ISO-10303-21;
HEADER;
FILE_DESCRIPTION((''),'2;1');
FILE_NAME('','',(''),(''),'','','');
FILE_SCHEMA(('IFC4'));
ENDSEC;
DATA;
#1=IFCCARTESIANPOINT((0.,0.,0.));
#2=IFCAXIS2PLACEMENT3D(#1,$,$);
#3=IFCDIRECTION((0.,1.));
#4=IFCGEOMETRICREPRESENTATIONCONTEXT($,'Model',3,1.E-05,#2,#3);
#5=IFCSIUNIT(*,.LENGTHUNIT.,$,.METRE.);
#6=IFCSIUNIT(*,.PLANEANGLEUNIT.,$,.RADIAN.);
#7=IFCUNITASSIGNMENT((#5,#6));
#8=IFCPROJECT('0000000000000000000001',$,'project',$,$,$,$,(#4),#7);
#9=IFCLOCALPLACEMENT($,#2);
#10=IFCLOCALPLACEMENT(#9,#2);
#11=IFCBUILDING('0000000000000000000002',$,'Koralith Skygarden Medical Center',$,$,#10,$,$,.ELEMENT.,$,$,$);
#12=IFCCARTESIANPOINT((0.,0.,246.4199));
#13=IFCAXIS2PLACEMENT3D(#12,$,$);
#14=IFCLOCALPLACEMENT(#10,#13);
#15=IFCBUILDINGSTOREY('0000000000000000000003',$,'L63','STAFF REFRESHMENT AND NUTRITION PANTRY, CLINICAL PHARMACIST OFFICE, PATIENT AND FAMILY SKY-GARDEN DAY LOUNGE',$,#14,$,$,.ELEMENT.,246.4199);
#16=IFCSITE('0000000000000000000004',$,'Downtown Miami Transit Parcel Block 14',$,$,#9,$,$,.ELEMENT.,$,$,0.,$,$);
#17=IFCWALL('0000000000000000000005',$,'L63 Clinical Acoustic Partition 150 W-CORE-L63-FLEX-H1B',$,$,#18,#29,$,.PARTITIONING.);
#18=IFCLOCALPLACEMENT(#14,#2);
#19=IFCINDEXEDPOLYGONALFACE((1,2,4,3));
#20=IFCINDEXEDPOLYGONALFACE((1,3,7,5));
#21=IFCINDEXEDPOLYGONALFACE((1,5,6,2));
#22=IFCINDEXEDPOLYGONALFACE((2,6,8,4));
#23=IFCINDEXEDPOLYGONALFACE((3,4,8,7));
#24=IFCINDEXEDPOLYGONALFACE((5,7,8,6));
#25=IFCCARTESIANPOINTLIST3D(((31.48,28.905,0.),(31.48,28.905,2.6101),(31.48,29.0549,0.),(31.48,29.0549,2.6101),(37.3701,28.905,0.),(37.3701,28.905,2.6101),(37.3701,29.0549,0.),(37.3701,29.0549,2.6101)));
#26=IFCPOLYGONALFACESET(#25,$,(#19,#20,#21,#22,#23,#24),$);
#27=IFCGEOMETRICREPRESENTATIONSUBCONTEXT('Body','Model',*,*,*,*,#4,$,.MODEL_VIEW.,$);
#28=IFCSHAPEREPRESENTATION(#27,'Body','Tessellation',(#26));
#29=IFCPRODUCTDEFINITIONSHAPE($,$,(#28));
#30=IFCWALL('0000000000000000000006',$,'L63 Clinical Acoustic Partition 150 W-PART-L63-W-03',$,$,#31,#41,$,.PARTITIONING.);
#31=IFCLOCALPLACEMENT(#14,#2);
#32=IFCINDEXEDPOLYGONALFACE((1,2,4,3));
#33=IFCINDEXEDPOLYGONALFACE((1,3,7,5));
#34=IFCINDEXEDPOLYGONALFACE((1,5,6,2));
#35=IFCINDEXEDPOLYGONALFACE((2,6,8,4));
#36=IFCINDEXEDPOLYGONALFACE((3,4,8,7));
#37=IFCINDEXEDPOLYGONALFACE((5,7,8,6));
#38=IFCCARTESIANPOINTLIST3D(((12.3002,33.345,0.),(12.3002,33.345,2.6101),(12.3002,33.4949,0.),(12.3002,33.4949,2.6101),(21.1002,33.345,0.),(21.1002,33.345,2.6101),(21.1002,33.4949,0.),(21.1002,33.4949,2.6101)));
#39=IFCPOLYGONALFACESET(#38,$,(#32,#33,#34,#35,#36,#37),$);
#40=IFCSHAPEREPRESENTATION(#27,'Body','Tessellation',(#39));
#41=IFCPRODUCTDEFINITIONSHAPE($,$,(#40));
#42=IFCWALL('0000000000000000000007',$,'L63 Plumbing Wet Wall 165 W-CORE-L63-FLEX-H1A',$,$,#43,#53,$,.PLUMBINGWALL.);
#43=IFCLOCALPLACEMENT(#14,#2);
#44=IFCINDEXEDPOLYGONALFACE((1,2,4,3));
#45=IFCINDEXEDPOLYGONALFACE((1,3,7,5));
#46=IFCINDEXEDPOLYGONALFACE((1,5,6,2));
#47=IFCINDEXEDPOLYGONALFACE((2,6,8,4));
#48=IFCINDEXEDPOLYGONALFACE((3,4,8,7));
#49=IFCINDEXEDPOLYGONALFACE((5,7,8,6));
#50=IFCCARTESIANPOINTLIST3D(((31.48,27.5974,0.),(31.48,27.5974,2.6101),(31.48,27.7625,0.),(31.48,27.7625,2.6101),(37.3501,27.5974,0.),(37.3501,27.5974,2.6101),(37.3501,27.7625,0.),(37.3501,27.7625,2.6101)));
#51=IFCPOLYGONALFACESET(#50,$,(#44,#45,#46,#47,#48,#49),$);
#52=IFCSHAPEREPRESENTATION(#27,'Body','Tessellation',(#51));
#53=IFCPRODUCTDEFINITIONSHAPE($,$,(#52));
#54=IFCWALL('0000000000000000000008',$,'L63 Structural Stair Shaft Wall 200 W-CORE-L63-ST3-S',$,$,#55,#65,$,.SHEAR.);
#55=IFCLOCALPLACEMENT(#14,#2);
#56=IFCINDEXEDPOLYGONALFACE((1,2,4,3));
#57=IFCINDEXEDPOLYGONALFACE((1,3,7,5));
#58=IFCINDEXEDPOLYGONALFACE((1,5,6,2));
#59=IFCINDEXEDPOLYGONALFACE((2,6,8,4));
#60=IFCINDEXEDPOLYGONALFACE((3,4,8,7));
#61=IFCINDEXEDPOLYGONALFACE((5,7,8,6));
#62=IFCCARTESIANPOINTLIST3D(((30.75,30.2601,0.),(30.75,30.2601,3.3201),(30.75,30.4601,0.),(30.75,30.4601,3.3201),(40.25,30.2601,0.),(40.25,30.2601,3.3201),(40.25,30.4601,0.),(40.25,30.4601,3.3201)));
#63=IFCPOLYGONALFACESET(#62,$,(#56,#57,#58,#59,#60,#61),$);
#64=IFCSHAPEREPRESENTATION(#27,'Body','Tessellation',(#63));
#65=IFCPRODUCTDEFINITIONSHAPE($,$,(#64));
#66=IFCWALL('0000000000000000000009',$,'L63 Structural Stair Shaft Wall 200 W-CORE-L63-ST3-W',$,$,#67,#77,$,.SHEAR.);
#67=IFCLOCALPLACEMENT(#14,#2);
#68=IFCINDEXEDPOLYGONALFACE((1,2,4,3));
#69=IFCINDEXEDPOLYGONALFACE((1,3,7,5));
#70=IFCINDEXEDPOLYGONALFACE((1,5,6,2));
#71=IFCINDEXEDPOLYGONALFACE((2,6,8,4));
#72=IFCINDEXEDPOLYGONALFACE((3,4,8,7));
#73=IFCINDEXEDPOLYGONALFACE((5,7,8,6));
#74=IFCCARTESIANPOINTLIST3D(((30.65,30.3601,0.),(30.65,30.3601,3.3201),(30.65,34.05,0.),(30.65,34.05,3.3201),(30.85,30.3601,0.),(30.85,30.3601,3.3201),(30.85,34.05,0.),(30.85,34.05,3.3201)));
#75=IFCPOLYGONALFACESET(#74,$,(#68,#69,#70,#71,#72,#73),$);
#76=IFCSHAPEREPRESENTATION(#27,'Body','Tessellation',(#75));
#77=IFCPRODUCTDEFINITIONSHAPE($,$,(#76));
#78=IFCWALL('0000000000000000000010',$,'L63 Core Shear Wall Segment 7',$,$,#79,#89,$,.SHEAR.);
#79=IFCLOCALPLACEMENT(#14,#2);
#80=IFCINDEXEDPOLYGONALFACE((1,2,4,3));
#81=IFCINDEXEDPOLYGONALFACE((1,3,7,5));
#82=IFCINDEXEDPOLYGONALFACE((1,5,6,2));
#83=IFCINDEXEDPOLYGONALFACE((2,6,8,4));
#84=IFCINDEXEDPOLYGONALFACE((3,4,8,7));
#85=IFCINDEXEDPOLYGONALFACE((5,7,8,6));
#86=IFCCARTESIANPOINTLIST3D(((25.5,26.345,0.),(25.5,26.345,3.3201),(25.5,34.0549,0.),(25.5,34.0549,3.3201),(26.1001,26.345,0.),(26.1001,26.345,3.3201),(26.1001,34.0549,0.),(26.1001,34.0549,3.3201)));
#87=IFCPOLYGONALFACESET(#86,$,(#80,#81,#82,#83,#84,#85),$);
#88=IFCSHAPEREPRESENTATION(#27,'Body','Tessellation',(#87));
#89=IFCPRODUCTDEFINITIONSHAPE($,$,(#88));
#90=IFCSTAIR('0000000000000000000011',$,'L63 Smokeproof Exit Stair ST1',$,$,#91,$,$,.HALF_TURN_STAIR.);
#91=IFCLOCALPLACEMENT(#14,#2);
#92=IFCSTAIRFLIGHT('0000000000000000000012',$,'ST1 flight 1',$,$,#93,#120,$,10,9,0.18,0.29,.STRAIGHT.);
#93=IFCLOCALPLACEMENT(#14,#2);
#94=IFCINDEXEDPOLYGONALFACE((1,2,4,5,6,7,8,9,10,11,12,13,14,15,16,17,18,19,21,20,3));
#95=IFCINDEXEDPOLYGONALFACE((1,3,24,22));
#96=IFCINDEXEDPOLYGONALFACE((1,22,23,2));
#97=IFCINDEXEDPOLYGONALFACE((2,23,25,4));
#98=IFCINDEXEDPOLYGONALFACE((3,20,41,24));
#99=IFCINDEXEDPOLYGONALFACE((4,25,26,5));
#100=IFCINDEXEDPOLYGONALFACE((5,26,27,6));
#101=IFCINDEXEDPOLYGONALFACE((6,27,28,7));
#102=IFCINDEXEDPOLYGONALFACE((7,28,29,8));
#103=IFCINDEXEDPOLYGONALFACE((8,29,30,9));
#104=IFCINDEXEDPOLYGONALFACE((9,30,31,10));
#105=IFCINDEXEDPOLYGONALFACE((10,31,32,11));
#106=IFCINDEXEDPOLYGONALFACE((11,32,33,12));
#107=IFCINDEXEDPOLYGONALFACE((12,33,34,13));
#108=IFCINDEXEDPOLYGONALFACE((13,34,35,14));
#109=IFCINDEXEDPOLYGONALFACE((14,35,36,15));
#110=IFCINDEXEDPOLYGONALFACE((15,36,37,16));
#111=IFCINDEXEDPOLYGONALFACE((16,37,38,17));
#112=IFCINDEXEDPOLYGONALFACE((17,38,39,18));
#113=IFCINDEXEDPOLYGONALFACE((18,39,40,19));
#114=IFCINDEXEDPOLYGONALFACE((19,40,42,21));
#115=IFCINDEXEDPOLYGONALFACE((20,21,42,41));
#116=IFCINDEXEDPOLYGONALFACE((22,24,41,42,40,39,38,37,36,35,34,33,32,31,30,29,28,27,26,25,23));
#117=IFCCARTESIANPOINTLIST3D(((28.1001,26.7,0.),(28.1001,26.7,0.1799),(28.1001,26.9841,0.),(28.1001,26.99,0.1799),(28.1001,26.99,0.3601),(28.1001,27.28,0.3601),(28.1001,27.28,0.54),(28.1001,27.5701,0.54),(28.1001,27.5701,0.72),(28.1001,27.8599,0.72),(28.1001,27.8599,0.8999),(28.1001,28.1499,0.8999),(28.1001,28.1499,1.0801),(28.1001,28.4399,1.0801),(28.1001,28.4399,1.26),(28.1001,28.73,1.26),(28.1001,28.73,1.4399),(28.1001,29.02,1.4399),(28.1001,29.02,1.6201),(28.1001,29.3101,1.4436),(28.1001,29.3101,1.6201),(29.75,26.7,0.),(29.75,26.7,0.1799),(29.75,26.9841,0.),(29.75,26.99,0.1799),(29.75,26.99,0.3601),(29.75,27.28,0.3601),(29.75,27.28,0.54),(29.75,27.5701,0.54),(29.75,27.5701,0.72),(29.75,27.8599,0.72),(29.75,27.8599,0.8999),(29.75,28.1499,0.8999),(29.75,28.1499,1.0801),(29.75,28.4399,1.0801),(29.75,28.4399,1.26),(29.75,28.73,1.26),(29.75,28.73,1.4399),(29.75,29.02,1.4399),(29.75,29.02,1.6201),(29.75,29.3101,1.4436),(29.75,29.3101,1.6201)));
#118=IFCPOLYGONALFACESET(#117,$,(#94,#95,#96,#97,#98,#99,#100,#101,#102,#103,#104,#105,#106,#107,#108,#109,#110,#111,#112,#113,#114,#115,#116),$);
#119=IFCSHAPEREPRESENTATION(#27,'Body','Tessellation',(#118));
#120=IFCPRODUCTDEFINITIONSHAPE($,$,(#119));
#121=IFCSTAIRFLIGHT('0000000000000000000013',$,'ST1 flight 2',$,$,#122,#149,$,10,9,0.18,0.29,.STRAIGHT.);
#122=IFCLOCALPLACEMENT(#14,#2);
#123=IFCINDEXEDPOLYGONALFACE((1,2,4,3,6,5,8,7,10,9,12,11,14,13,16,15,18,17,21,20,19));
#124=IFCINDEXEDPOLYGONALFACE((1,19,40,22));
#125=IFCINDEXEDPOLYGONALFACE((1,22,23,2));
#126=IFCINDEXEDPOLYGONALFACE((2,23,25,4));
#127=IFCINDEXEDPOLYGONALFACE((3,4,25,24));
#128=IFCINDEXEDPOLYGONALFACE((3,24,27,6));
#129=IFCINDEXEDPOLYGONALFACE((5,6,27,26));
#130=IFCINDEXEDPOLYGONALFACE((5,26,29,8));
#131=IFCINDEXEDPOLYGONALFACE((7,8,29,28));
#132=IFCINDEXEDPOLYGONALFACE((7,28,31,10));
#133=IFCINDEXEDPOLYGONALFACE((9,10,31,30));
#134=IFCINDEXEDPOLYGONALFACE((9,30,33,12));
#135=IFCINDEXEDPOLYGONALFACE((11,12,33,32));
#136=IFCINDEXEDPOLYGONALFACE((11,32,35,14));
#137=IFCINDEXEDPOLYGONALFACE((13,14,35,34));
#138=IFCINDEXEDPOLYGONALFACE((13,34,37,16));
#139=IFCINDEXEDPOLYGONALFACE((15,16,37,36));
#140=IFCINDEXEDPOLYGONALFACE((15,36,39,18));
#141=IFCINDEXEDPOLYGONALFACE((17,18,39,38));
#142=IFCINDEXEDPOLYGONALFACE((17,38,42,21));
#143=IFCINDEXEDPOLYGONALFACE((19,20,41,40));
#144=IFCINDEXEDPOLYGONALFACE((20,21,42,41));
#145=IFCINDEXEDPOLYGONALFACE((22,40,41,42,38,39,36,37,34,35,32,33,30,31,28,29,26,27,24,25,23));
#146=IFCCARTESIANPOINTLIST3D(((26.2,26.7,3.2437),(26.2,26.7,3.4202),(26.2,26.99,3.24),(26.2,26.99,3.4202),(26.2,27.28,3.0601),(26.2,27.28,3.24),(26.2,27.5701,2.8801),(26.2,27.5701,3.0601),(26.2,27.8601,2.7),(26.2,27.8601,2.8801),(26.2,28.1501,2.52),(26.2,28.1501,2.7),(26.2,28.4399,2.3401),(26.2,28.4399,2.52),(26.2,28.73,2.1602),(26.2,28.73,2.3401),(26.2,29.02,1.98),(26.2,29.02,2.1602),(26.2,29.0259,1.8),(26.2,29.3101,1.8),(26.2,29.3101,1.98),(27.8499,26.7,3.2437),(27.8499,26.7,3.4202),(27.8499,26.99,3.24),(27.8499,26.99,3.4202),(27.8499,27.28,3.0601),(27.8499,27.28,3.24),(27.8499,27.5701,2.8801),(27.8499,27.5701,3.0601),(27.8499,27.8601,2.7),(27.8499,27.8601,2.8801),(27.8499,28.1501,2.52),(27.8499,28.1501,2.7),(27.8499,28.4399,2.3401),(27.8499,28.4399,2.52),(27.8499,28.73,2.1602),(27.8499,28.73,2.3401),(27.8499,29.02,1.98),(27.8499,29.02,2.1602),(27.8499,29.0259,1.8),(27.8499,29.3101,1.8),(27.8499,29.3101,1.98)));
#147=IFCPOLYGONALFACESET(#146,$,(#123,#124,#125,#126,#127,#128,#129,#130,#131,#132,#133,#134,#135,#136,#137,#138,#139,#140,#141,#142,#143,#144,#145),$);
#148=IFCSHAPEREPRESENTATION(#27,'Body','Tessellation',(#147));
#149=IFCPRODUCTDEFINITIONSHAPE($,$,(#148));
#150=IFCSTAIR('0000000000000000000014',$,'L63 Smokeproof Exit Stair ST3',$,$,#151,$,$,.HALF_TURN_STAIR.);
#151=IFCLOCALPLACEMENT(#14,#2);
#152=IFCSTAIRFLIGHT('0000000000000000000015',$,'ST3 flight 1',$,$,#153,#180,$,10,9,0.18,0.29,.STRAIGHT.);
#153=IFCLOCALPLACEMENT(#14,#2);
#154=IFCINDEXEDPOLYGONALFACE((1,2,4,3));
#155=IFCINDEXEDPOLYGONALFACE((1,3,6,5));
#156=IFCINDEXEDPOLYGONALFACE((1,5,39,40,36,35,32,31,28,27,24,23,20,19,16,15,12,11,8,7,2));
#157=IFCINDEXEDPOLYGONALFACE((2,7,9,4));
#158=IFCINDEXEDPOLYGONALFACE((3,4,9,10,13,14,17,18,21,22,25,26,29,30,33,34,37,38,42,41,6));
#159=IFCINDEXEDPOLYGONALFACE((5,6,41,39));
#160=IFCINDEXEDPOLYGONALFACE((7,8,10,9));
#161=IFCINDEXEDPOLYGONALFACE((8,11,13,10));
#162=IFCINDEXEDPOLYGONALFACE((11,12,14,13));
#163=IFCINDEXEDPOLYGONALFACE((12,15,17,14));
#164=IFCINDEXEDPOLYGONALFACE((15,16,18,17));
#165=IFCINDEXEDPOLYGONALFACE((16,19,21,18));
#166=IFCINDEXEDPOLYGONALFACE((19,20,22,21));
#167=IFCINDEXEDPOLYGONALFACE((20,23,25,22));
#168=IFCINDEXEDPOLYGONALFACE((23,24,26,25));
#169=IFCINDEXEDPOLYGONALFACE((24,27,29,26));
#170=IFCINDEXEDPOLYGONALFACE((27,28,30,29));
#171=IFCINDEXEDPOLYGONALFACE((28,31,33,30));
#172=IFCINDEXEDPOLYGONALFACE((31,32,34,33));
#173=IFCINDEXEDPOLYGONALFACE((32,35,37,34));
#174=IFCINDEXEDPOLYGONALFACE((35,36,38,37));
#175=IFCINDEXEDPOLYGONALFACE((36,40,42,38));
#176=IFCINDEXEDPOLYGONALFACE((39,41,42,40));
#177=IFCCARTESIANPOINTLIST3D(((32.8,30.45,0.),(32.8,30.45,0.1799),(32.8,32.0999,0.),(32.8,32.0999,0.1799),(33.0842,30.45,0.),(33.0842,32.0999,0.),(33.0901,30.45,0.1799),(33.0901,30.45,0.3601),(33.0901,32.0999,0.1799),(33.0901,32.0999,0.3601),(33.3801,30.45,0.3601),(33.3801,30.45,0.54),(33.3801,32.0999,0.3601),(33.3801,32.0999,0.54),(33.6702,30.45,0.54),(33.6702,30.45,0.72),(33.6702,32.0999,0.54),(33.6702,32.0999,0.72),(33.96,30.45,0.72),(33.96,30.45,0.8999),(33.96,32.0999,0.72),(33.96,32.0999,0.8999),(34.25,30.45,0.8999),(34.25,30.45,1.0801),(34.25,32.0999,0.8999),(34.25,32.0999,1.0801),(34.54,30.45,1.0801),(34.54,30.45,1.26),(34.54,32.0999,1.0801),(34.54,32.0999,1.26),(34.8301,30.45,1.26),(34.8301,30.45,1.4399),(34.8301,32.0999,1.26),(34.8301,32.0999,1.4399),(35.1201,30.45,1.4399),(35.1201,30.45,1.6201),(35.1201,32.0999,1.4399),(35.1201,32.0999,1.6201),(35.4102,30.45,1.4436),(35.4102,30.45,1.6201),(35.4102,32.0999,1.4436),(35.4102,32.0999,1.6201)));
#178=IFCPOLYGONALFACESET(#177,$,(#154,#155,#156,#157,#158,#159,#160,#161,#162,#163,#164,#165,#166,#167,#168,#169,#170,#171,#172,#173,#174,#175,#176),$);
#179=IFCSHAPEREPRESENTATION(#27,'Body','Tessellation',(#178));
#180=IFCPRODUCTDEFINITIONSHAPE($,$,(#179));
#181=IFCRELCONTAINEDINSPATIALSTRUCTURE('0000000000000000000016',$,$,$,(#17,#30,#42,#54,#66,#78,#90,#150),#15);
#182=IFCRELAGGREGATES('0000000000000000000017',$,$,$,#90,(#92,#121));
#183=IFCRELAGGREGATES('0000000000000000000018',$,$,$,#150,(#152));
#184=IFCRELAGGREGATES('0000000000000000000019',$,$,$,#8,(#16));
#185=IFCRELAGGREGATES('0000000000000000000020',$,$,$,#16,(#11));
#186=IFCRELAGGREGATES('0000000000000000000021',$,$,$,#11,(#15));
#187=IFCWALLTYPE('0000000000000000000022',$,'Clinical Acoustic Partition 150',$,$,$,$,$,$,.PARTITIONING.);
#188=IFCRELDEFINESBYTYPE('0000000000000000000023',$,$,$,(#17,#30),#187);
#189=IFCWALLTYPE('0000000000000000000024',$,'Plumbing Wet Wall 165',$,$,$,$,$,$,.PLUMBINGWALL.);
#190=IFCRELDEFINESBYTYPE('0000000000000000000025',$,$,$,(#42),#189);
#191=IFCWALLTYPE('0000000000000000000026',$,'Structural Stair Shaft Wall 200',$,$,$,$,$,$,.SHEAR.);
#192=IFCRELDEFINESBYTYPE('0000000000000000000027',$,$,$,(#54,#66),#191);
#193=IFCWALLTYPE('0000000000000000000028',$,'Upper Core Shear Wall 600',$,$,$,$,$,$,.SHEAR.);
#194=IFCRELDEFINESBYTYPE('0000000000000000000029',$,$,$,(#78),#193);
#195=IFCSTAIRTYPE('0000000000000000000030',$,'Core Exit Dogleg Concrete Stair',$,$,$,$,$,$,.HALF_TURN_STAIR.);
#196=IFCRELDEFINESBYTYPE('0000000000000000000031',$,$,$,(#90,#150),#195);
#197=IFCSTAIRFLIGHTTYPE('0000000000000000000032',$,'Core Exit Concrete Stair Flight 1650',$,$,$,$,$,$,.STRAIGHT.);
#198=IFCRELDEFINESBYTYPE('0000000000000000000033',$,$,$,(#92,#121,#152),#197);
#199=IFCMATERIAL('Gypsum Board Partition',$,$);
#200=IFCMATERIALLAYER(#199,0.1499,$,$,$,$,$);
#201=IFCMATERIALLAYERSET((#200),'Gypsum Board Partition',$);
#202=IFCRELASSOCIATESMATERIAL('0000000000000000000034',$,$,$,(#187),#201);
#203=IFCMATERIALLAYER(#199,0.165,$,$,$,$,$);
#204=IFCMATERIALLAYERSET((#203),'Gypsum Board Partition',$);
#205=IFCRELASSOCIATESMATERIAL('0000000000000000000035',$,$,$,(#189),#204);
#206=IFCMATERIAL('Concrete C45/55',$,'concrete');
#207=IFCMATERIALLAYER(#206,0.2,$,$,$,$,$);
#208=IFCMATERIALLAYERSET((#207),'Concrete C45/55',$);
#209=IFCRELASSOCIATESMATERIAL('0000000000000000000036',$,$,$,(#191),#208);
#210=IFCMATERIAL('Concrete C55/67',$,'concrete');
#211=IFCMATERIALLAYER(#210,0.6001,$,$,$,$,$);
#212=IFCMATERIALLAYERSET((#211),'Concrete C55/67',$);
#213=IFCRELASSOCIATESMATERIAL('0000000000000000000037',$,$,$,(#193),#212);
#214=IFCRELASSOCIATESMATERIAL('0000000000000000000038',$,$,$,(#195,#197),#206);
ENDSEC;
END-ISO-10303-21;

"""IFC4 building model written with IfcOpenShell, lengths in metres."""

from ifc_helpers import new_model, si_unit, direction, frame, frame_2d, origin, place, context, subcontext, project, spatial, polyline, rectangle, outline, extrude, material, layer, layer_set, type_object, element, aggregate, save


model = new_model("IFC4")

# Units and contexts
model_context = context("Model", 3, precision=1e-05, world=origin(), true_north=direction((0.0, 1.0)))
body_context = subcontext(model_context, "Body", "Model", "MODEL_VIEW")
ifc_project = project(units=[si_unit("LENGTHUNIT", "METRE"), si_unit("PLANEANGLEUNIT", "RADIAN")], contexts=[model_context])

# Site, building, storey
site_placement = place(None, origin())
site = spatial("IfcSite", under=ifc_project, at=site_placement, Name="Downtown Miami Transit Parcel Block 14", CompositionType="ELEMENT", RefElevation=0.0)
building_placement = place(site_placement, origin())
building = spatial("IfcBuilding", under=site, at=building_placement, Name="Koralith Skygarden Medical Center", CompositionType="ELEMENT")
storey_placement = place(building_placement, frame((0.0, 0.0, 246.4199)))
storey = spatial("IfcBuildingStorey", under=building, at=storey_placement, Name="L63", Description="STAFF REFRESHMENT AND NUTRITION PANTRY, CLINICAL PHARMACIST OFFICE, PATIENT AND FAMILY SKY-GARDEN DAY LOUNGE", CompositionType="ELEMENT", Elevation=246.4199)

# Shared definitions
ifc_material_1 = material(Name="Concrete C55/67", Category="concrete")

# Shared definitions
ifc_material_2 = material(Name="Concrete C45/55", Category="concrete")

# Walls
ifc_material_3 = material(Name="Gypsum Board Partition")
ifc_layer_1 = layer(ifc_material_3, 0.1499)
ifc_layer_set_1 = layer_set([ifc_layer_1], Name="Gypsum Board Partition")
wall_type_1 = type_object("IfcWallType", Name="Clinical Acoustic Partition 150", PredefinedType="PARTITIONING", material=ifc_layer_set_1)
wall_1_placement = place(storey_placement, frame((31.48, 28.98, 0.0), z_axis=(0.0, 0.0, 1.0), x_axis=(1.0, 0.0, 0.0)))
element("IfcWall", 1, at=wall_1_placement, inside=storey, type_object=wall_type_1, Name="L63 Clinical Acoustic Partition 150 W-CORE-L63-FLEX-H1B", PredefinedType="PARTITIONING", context=body_context, shape_type="SweptSolid", body=[
    extrude(rectangle(XDim=5.8901, YDim=0.1499, at=frame_2d((2.9451, 0.0))), origin(), (0.0, 0.0, 1.0), 2.6101),
])
wall_2_placement = place(storey_placement, frame((21.1001, 33.4199, 0.0), z_axis=(0.0, 0.0, 1.0), x_axis=(-1.0, 0.0, 0.0)))
element("IfcWall", 2, at=wall_2_placement, inside=storey, type_object=wall_type_1, Name="L63 Clinical Acoustic Partition 150 W-PART-L63-W-03", PredefinedType="PARTITIONING", context=body_context, shape_type="SweptSolid", body=[
    extrude(rectangle(XDim=8.8, YDim=0.1499, at=frame_2d((4.3999, 0.0))), origin(), (0.0, 0.0, 1.0), 2.6101),
])

# Walls
ifc_layer_2 = layer(ifc_material_3, 0.165)
ifc_layer_set_2 = layer_set([ifc_layer_2], Name="Gypsum Board Partition")
wall_type_2 = type_object("IfcWallType", Name="Plumbing Wet Wall 165", PredefinedType="PLUMBINGWALL", material=ifc_layer_set_2)
wall_3_placement = place(storey_placement, frame((31.48, 27.6799, 0.0), z_axis=(0.0, 0.0, 1.0), x_axis=(1.0, 0.0, 0.0)))
element("IfcWall", 3, at=wall_3_placement, inside=storey, type_object=wall_type_2, Name="L63 Plumbing Wet Wall 165 W-CORE-L63-FLEX-H1A", PredefinedType="PLUMBINGWALL", context=body_context, shape_type="SweptSolid", body=[
    extrude(rectangle(XDim=5.8701, YDim=0.165, at=frame_2d((2.9351, 0.0))), origin(), (0.0, 0.0, 1.0), 2.6101),
])
ifc_layer_3 = layer(ifc_material_2, 0.2)
ifc_layer_set_3 = layer_set([ifc_layer_3], Name="Concrete C45/55")
wall_type_3 = type_object("IfcWallType", Name="Structural Stair Shaft Wall 200", PredefinedType="SHEAR", material=ifc_layer_set_3)
wall_4_placement = place(storey_placement, frame((30.75, 30.3601, 0.0), z_axis=(0.0, 0.0, 1.0), x_axis=(1.0, 0.0, 0.0)))
element("IfcWall", 4, at=wall_4_placement, inside=storey, type_object=wall_type_3, Name="L63 Structural Stair Shaft Wall 200 W-CORE-L63-ST3-S", PredefinedType="SHEAR", context=body_context, shape_type="SweptSolid", body=[
    extrude(rectangle(XDim=9.5, YDim=0.2, at=frame_2d((4.75, 0.0))), origin(), (0.0, 0.0, 1.0), 3.3201),
])
wall_5_placement = place(storey_placement, frame((30.75, 30.3601, 0.0), z_axis=(0.0, 0.0, 1.0), x_axis=(0.0, 1.0, 0.0)))
element("IfcWall", 5, at=wall_5_placement, inside=storey, type_object=wall_type_3, Name="L63 Structural Stair Shaft Wall 200 W-CORE-L63-ST3-W", PredefinedType="SHEAR", context=body_context, shape_type="SweptSolid", body=[
    extrude(rectangle(XDim=3.6899, YDim=0.2, at=frame_2d((1.845, 0.0))), origin(), (0.0, 0.0, 1.0), 3.3201),
])
ifc_layer_4 = layer(ifc_material_1, 0.6001)
ifc_layer_set_4 = layer_set([ifc_layer_4], Name="Concrete C55/67")
wall_type_4 = type_object("IfcWallType", Name="Upper Core Shear Wall 600", PredefinedType="SHEAR", material=ifc_layer_set_4)
wall_6_placement = place(storey_placement, frame((25.8, 34.0549, 0.0), z_axis=(0.0, 0.0, 1.0), x_axis=(0.0, -1.0, 0.0)))
element("IfcWall", 6, at=wall_6_placement, inside=storey, type_object=wall_type_4, Name="L63 Core Shear Wall Segment 7", PredefinedType="SHEAR", context=body_context, shape_type="SweptSolid", body=[
    extrude(rectangle(XDim=7.71, YDim=0.6001, at=frame_2d((3.855, 0.0))), origin(), (0.0, 0.0, 1.0), 3.3201),
])

# Stairs, stair flights
stair_type = type_object("IfcStairType", Name="Core Exit Dogleg Concrete Stair", PredefinedType="HALF_TURN_STAIR", material=ifc_material_2)
stair_1_placement = place(storey_placement, origin())
stair_1 = element("IfcStair", 7, at=stair_1_placement, inside=storey, type_object=stair_type, Name="L63 Smokeproof Exit Stair ST1", PredefinedType="HALF_TURN_STAIR")
stair_flight_type = type_object("IfcStairFlightType", Name="Core Exit Concrete Stair Flight 1650", PredefinedType="STRAIGHT", material=ifc_material_2)
stair_flight_1_placement = place(storey_placement, frame((28.925, 26.7, 0.0), z_axis=(0.0, 0.0, 1.0), x_axis=(0.0, 1.0, 0.0)))
stair_flight_1 = element("IfcStairFlight", 8, at=stair_flight_1_placement, type_object=stair_flight_type, Name="ST1 flight 1", NumberOfRisers=10, NumberOfTreads=9, PredefinedType="STRAIGHT", RiserHeight=0.18, TreadLength=0.29, context=body_context, shape_type="SweptSolid", body=[
    extrude(outline(polyline([(0.0, 0.0), (0.0, 0.1799), (0.29, 0.1799), (0.29, 0.3601), (0.5801, 0.3601), (0.5801, 0.54), (0.8701, 0.54), (0.8701, 0.72), (1.1599, 0.72), (1.1599, 0.8999), (1.45, 0.8999), (1.45, 1.0801), (1.74, 1.0801), (1.74, 1.26), (2.03, 1.26), (2.03, 1.4399), (2.3201, 1.4399), (2.3201, 1.6201), (2.6101, 1.6201), (2.6101, 1.8), (2.6101, 1.4436), (0.2842, 0.0), (0.0, 0.0)])), frame((0.0, 0.825, 0.0), z_axis=(0.0, -1.0, 0.0), x_axis=(1.0, 0.0, 0.0)), (0.0, 0.0, 1.0), 1.6499),
])
stair_flight_2_placement = place(storey_placement, frame((27.0249, 29.3101, 1.8), z_axis=(0.0, 0.0, 1.0), x_axis=(0.0, -1.0, 0.0)))
stair_flight_2 = element("IfcStairFlight", 9, at=stair_flight_2_placement, type_object=stair_flight_type, Name="ST1 flight 2", NumberOfRisers=10, NumberOfTreads=9, PredefinedType="STRAIGHT", RiserHeight=0.18, TreadLength=0.29, context=body_context, shape_type="SweptSolid", body=[
    extrude(outline(polyline([(0.0, 0.0), (0.0, 0.1799), (0.29, 0.1799), (0.29, 0.3601), (0.5801, 0.3601), (0.5801, 0.54), (0.8701, 0.54), (0.8701, 0.72), (1.1599, 0.72), (1.1599, 0.8999), (1.45, 0.8999), (1.45, 1.0801), (1.74, 1.0801), (1.74, 1.26), (2.03, 1.26), (2.03, 1.4399), (2.3201, 1.4399), (2.3201, 1.6201), (2.6101, 1.6201), (2.6101, 1.8), (2.6101, 1.4436), (0.2842, 0.0), (0.0, 0.0)])), frame((0.0, 0.825, 0.0), z_axis=(0.0, -1.0, 0.0), x_axis=(1.0, 0.0, 0.0)), (0.0, 0.0, 1.0), 1.6499),
])
aggregate(stair_1, [stair_flight_1, stair_flight_2])
stair_2_placement = place(storey_placement, origin())
stair_2 = element("IfcStair", 10, at=stair_2_placement, inside=storey, type_object=stair_type, Name="L63 Smokeproof Exit Stair ST3", PredefinedType="HALF_TURN_STAIR")
stair_flight_3_placement = place(storey_placement, frame((32.8, 31.2749, 0.0), z_axis=(0.0, 0.0, 1.0), x_axis=(1.0, 0.0, 0.0)))
stair_flight_3 = element("IfcStairFlight", 11, at=stair_flight_3_placement, type_object=stair_flight_type, Name="ST3 flight 1", NumberOfRisers=10, NumberOfTreads=9, PredefinedType="STRAIGHT", RiserHeight=0.18, TreadLength=0.29, context=body_context, shape_type="SweptSolid", body=[
    extrude(outline(polyline([(0.0, 0.0), (0.0, 0.1799), (0.29, 0.1799), (0.29, 0.3601), (0.5801, 0.3601), (0.5801, 0.54), (0.8701, 0.54), (0.8701, 0.72), (1.1599, 0.72), (1.1599, 0.8999), (1.45, 0.8999), (1.45, 1.0801), (1.74, 1.0801), (1.74, 1.26), (2.03, 1.26), (2.03, 1.4399), (2.3201, 1.4399), (2.3201, 1.6201), (2.6101, 1.6201), (2.6101, 1.8), (2.6101, 1.4436), (0.2842, 0.0), (0.0, 0.0)])), frame((0.0, 0.825, 0.0), z_axis=(0.0, -1.0, 0.0), x_axis=(1.0, 0.0, 0.0)), (0.0, 0.0, 1.0), 1.6499),
])
aggregate(stair_2, [stair_flight_3])

save(model, "model.ifc")
